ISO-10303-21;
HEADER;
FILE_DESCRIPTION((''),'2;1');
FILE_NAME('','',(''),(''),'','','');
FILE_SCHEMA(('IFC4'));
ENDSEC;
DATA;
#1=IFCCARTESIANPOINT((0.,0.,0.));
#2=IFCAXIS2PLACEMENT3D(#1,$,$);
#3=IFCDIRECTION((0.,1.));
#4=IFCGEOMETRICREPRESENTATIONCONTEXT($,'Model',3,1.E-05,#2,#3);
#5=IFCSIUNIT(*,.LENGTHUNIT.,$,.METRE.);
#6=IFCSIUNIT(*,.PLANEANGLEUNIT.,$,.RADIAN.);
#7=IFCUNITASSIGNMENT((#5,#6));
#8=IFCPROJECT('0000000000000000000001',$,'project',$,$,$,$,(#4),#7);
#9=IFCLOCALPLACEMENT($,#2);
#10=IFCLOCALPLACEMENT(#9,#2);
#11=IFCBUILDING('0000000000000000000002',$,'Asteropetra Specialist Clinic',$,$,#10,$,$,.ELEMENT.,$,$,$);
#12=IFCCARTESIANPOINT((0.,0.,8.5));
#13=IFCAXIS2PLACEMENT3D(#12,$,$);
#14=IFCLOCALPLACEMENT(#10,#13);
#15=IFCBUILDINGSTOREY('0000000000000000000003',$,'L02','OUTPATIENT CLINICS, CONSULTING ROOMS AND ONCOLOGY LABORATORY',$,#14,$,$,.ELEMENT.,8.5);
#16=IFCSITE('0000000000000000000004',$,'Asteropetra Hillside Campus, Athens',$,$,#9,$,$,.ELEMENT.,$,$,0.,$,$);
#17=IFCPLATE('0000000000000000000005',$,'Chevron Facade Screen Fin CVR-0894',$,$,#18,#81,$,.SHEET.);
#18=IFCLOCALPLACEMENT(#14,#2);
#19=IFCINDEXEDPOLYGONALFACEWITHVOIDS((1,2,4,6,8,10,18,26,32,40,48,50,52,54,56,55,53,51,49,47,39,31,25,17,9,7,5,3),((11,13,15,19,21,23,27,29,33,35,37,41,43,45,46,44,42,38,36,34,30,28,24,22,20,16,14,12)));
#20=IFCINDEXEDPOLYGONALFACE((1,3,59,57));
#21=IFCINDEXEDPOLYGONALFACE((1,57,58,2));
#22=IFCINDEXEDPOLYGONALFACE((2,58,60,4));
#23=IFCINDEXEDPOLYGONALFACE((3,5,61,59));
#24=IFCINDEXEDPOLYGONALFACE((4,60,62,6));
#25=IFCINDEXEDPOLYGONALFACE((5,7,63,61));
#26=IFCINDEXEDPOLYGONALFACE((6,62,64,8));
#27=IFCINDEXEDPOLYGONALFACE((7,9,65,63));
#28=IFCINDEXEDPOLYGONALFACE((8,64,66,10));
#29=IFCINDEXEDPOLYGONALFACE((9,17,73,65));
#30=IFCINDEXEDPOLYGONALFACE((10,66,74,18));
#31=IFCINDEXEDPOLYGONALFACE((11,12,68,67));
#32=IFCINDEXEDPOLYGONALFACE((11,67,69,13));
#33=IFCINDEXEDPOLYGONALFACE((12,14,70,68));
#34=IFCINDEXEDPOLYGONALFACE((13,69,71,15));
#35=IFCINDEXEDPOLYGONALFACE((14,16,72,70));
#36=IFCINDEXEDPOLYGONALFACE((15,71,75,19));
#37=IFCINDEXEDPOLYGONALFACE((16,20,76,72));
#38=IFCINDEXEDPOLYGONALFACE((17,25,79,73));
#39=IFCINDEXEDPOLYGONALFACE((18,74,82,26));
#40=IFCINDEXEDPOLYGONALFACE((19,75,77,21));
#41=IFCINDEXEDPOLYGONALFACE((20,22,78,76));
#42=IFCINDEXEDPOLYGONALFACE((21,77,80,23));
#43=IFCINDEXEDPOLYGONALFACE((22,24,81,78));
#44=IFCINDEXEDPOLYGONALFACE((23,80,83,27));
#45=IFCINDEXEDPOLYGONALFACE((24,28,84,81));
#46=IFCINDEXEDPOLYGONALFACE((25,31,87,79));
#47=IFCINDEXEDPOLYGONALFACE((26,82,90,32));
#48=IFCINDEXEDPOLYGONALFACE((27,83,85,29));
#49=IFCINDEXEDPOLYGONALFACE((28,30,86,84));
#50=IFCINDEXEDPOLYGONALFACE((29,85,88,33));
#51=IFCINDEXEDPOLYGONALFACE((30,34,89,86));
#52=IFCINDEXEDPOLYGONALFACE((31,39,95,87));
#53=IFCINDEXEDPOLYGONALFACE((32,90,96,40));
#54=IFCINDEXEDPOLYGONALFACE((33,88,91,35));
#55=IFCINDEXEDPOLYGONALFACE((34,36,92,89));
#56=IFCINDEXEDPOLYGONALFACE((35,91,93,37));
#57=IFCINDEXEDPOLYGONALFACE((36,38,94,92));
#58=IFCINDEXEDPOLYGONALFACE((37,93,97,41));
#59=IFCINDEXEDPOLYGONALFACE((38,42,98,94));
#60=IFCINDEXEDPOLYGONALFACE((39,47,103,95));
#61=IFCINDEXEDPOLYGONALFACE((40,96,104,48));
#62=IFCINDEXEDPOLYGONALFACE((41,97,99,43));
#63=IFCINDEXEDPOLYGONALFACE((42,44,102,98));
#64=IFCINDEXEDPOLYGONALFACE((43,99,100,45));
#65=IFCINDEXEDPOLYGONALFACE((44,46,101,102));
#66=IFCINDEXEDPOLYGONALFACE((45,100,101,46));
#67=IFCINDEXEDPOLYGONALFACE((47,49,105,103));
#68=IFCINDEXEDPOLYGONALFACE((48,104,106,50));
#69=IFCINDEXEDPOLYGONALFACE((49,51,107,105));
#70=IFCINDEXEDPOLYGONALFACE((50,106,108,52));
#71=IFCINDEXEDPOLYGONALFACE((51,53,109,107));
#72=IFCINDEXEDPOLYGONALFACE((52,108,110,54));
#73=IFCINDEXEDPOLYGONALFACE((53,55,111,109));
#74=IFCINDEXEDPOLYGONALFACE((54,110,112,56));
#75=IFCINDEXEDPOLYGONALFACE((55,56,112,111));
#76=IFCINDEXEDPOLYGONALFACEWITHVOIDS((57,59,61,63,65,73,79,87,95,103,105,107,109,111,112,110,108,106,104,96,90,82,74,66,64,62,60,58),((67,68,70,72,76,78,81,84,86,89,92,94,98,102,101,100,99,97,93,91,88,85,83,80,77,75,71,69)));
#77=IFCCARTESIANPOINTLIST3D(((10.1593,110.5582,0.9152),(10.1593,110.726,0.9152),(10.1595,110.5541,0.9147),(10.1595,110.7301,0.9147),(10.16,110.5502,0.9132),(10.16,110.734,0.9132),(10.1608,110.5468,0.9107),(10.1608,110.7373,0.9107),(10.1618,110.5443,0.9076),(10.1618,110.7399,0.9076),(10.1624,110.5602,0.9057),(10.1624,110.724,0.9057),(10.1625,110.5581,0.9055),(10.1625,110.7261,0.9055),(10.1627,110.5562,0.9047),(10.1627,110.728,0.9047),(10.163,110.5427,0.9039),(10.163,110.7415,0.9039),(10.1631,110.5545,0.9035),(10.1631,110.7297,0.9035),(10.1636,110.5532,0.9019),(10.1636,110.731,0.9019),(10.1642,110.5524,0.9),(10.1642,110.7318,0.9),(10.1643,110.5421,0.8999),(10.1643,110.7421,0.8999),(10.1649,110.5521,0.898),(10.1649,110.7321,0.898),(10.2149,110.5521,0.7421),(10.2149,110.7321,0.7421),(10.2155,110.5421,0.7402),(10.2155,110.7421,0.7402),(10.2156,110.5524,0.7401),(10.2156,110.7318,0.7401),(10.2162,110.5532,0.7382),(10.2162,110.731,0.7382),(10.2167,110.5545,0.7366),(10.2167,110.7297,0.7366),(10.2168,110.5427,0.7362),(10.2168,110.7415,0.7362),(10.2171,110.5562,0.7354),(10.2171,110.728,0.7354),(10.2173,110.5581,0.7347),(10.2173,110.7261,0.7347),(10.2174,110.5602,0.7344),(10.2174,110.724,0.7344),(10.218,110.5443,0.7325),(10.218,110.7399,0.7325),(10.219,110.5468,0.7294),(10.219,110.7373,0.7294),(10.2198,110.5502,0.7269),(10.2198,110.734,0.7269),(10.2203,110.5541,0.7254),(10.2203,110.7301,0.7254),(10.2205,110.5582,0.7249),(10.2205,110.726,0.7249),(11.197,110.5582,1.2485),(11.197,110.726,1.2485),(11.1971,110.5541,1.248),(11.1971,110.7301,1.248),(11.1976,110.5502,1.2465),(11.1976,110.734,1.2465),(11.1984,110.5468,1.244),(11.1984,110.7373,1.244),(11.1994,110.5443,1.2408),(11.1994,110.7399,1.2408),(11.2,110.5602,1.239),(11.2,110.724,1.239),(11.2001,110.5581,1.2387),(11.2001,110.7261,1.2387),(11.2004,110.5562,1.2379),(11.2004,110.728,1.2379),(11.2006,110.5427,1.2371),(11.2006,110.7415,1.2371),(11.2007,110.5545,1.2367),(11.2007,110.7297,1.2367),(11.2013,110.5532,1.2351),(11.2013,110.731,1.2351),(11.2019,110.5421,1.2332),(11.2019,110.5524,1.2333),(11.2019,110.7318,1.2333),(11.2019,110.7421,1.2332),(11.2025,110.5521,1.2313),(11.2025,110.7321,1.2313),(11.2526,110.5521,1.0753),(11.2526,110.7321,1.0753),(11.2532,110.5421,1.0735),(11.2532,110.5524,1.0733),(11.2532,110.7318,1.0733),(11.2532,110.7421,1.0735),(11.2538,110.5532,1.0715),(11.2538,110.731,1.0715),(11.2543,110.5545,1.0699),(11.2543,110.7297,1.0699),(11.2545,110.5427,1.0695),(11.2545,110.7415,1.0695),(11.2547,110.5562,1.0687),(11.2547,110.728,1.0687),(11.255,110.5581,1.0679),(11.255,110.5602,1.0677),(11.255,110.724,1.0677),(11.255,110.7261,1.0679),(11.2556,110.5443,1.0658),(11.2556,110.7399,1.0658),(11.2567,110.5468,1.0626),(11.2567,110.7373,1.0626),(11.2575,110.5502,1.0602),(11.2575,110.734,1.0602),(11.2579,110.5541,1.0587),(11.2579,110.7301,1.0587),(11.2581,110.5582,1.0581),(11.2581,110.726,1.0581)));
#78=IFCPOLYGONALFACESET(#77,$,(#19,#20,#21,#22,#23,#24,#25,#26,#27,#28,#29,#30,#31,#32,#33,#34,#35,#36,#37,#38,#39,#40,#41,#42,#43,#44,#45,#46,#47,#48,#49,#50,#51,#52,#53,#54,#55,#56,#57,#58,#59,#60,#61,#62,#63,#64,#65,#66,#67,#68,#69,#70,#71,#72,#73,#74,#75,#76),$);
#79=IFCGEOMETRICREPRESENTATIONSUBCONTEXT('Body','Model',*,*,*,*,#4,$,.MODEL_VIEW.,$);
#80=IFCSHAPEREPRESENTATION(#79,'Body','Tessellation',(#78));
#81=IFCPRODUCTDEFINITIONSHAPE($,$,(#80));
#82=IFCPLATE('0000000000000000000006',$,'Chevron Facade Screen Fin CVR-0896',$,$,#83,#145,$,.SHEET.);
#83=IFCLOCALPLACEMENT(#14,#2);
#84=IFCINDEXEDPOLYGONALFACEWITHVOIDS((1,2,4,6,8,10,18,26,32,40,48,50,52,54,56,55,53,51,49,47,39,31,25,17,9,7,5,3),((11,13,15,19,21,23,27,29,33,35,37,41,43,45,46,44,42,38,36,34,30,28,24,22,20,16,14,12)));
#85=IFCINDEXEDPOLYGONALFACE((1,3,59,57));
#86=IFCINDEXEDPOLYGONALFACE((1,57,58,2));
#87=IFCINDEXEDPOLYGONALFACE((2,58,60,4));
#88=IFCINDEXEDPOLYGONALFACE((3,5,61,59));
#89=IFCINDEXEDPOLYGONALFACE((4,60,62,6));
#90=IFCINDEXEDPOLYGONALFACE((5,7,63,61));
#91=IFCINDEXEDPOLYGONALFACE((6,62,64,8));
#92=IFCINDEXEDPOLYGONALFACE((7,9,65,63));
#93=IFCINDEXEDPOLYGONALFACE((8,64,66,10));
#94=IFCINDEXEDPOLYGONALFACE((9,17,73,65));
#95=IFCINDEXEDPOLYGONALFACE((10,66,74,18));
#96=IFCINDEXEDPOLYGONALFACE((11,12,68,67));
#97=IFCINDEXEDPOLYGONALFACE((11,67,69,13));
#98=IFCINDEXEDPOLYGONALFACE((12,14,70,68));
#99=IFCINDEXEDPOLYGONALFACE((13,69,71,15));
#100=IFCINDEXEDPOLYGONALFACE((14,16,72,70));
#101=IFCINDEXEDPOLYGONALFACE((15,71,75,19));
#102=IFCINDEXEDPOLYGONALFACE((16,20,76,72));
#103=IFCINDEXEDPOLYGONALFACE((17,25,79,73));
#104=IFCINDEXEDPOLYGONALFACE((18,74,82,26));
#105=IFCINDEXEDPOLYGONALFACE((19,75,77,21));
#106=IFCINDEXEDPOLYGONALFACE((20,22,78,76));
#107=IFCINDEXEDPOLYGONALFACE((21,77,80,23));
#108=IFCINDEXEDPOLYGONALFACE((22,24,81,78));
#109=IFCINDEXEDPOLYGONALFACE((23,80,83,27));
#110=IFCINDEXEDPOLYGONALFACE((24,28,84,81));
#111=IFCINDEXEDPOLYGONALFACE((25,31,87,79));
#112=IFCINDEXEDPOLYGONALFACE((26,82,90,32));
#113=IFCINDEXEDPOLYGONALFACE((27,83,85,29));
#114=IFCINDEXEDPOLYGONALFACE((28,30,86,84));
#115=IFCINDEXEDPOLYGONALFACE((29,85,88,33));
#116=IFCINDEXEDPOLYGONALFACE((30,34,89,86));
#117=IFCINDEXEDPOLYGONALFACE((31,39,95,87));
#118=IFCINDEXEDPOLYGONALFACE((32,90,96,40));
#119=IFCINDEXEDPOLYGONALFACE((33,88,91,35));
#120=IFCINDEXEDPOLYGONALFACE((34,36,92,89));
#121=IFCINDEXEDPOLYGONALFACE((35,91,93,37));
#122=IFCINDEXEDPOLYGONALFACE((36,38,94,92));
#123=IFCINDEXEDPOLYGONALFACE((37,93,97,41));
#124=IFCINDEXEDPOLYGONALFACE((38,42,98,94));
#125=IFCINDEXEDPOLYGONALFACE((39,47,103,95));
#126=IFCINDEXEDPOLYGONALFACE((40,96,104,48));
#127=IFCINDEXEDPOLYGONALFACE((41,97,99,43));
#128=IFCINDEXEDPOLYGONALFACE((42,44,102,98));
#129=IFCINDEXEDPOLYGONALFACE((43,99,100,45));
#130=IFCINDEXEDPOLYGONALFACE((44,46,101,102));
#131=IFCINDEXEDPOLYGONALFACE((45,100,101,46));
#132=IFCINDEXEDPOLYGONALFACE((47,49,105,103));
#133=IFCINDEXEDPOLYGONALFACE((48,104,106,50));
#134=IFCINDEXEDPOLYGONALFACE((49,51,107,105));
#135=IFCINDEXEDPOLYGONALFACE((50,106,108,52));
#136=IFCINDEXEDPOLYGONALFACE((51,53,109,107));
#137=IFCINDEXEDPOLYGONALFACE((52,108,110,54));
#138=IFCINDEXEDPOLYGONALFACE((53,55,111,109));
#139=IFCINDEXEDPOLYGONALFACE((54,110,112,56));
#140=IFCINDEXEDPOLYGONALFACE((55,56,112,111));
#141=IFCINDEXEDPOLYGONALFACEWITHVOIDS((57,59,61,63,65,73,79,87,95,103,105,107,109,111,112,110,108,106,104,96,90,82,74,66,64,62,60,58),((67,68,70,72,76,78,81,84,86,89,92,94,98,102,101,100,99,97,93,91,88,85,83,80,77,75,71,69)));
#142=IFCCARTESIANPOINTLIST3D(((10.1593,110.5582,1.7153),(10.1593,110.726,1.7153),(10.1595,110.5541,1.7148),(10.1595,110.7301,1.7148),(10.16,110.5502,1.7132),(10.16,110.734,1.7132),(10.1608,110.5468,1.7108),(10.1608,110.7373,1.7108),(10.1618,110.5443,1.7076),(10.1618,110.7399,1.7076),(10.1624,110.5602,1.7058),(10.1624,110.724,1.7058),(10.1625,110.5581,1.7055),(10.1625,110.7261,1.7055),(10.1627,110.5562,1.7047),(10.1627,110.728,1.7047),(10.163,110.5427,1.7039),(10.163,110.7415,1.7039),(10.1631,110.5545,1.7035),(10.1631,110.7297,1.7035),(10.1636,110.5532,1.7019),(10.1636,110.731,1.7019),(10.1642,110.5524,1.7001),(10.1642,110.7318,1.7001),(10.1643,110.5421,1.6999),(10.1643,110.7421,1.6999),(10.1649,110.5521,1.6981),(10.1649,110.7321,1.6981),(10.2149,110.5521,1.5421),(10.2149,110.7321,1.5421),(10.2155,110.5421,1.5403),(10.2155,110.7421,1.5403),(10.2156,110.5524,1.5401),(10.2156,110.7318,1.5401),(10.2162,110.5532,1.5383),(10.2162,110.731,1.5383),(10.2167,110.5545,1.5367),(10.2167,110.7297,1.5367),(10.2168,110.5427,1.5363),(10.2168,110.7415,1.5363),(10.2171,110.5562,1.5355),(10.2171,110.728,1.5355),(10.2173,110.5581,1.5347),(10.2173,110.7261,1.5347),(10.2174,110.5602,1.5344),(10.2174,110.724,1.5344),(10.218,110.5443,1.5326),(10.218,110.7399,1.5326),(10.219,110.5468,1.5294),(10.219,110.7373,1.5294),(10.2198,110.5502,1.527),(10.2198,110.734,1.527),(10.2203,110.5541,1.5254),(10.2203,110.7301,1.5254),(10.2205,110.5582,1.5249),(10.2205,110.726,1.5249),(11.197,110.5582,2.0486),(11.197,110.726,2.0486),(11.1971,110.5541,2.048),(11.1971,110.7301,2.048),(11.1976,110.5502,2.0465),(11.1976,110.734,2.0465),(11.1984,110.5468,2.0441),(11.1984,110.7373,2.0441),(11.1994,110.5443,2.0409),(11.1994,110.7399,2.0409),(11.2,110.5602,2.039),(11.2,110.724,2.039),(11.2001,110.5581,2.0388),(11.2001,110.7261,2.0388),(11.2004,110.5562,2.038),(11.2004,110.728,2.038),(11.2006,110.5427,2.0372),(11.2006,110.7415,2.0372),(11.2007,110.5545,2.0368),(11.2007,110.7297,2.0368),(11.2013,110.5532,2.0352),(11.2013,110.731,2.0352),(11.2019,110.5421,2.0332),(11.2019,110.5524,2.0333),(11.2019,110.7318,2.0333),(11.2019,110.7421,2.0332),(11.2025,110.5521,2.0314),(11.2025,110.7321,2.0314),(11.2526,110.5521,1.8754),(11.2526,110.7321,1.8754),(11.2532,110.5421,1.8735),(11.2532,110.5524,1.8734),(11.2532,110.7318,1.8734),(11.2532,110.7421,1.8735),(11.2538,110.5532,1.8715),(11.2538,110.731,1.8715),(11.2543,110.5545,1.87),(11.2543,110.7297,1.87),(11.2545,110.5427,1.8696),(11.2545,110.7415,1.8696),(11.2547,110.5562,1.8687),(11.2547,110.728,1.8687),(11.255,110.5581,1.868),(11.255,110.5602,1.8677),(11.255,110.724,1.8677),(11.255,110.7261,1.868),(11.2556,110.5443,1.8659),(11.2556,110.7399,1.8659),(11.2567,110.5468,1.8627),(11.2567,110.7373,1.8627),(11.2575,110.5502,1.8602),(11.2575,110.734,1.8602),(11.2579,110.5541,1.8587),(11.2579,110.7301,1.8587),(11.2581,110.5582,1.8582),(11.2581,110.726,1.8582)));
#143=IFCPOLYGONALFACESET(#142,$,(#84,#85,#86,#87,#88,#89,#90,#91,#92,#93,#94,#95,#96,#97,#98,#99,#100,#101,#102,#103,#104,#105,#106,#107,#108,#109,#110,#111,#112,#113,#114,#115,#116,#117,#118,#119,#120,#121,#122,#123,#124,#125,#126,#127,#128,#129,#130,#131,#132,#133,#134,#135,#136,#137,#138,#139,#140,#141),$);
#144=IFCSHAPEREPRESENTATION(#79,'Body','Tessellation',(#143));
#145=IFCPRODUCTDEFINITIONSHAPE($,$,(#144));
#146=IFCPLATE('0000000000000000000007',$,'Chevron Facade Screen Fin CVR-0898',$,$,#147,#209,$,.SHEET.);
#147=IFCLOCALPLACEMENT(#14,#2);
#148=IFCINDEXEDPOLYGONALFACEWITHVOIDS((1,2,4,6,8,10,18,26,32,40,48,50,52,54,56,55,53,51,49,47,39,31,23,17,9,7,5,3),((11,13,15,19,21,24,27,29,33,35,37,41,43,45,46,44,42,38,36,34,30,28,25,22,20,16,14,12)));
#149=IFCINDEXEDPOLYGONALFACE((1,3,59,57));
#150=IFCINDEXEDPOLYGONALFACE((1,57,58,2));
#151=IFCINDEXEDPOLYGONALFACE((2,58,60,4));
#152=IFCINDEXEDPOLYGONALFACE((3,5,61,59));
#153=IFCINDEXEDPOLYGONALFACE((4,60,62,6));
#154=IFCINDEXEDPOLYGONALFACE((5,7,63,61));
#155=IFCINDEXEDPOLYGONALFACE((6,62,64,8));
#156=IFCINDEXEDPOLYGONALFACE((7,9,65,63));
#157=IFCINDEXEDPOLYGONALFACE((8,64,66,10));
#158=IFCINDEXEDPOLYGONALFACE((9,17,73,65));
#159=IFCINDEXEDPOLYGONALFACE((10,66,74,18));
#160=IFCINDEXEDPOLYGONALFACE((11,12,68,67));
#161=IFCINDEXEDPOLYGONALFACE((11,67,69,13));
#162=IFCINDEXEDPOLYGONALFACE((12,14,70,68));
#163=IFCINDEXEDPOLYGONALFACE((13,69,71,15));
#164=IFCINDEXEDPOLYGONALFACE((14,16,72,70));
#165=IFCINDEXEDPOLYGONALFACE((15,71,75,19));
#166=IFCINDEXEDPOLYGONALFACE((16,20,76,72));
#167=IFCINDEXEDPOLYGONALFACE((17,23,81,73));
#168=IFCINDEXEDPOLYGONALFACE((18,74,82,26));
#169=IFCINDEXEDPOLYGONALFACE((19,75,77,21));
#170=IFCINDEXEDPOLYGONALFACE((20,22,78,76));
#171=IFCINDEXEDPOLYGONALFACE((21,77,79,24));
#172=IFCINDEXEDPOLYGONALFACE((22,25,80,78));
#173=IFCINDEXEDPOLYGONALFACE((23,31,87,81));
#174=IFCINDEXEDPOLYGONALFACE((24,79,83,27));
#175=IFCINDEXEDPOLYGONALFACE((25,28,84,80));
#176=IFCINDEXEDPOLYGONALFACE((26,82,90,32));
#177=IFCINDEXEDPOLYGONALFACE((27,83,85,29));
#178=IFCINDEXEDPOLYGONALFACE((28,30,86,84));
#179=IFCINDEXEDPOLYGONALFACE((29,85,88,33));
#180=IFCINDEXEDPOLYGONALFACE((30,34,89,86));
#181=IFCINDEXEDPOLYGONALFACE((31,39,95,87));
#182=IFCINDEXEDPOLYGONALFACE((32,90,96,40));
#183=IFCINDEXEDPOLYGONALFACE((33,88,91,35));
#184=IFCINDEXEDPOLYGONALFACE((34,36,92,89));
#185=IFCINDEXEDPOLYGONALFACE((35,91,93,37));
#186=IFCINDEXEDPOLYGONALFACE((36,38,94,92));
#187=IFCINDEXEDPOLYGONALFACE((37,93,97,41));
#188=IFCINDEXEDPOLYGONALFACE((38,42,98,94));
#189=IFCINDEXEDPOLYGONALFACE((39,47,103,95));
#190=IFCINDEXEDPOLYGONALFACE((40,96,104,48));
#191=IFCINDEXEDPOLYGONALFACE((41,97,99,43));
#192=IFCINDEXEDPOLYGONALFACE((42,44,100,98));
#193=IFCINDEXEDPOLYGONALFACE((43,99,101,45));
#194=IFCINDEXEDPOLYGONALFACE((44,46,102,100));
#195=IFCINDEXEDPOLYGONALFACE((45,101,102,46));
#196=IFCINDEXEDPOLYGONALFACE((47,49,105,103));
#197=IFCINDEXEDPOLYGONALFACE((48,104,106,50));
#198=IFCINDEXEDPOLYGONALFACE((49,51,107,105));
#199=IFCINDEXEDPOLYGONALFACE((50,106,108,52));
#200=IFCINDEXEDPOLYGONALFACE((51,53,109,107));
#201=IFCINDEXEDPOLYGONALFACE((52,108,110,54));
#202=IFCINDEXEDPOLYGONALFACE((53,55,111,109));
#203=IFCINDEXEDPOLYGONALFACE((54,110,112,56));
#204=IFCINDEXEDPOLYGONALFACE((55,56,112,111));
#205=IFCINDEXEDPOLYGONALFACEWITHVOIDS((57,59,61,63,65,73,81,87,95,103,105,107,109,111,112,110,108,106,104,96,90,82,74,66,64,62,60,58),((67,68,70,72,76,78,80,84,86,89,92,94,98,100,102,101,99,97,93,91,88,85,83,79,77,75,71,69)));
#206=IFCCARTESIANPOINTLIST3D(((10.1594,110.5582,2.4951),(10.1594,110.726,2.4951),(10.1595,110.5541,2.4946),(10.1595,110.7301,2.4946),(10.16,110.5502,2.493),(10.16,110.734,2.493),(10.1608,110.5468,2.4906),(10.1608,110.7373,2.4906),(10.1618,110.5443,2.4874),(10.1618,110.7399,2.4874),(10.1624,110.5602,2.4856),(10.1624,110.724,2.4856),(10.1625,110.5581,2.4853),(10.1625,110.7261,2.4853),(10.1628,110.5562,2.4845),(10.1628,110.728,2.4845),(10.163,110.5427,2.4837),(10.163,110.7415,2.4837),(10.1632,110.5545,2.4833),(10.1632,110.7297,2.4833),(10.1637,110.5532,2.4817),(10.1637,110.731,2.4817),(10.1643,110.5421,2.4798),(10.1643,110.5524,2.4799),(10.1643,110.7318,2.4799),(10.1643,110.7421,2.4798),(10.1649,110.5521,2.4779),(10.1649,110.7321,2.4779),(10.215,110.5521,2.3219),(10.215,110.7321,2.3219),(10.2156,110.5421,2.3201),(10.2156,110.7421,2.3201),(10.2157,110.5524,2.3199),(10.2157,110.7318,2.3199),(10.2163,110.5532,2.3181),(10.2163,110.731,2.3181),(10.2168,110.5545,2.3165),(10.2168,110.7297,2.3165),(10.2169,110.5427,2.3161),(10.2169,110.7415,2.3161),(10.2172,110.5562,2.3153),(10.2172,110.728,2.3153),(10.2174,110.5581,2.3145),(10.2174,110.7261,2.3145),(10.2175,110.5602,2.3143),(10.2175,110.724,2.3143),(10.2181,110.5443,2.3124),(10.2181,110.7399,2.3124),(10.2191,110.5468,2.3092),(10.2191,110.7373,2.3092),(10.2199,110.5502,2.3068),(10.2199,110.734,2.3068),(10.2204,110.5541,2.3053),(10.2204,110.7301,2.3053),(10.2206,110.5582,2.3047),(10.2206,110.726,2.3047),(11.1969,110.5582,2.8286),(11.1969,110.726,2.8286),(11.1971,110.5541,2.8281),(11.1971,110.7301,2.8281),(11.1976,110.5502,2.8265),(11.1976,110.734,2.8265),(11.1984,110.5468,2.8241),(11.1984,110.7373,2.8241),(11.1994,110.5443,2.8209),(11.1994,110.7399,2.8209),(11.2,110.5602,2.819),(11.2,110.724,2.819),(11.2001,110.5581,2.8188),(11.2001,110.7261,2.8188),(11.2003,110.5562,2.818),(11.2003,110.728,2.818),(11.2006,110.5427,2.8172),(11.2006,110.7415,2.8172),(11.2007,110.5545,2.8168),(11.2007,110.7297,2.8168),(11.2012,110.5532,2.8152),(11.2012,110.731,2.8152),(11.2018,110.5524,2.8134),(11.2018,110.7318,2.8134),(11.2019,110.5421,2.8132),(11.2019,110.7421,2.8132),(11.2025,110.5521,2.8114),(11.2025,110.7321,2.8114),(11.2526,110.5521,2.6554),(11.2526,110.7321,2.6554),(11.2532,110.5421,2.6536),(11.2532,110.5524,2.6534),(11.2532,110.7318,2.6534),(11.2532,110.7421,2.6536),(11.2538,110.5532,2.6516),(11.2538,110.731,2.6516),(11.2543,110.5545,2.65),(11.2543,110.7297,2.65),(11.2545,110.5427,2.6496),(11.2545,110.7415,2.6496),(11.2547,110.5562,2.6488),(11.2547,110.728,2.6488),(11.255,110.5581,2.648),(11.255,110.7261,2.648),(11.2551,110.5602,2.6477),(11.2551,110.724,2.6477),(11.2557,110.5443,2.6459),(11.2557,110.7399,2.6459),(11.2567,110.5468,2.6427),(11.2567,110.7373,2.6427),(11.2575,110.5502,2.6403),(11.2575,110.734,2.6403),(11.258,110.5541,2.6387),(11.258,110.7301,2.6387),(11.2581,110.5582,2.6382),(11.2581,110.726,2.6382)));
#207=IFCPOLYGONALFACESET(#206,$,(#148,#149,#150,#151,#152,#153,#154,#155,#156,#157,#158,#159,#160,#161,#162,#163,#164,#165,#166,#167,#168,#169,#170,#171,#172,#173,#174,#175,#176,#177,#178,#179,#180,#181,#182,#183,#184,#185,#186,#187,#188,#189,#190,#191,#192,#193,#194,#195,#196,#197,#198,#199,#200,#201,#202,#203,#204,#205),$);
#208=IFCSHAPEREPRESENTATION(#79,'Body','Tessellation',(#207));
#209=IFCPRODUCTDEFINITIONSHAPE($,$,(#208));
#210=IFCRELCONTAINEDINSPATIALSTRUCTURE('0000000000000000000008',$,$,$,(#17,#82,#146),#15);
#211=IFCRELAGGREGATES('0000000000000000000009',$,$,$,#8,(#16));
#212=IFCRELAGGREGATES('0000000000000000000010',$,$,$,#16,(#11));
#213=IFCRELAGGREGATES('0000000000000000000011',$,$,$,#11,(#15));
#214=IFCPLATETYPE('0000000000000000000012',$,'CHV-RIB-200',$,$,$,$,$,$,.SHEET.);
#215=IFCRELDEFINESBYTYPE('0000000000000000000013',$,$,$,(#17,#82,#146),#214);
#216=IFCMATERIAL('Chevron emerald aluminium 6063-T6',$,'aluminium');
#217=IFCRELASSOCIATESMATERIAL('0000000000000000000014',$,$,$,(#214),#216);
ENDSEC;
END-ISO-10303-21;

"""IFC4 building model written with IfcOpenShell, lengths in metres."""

from ifc_helpers import new_model, si_unit, direction, frame, origin, origin_2d, place, context, subcontext, project, spatial, hollow_rectangle, extrude, material, material_profile, profile_set, type_object, element, save


model = new_model("IFC4")

# Units and contexts
model_context = context("Model", 3, precision=1e-05, world=origin(), true_north=direction((0.0, 1.0)))
body_context = subcontext(model_context, "Body", "Model", "MODEL_VIEW")
ifc_project = project(units=[si_unit("LENGTHUNIT", "METRE"), si_unit("PLANEANGLEUNIT", "RADIAN")], contexts=[model_context])

# Site, building, storey
site_placement = place(None, origin())
site = spatial("IfcSite", under=ifc_project, at=site_placement, Name="Asteropetra Hillside Campus, Athens", CompositionType="ELEMENT", RefElevation=0.0)
building_placement = place(site_placement, origin())
building = spatial("IfcBuilding", under=site, at=building_placement, Name="Asteropetra Specialist Clinic", CompositionType="ELEMENT")
storey_placement = place(building_placement, frame((0.0, 0.0, 8.5)))
storey = spatial("IfcBuildingStorey", under=building, at=storey_placement, Name="L02", Description="OUTPATIENT CLINICS, CONSULTING ROOMS AND ONCOLOGY LABORATORY", CompositionType="ELEMENT", Elevation=8.5)

# Plates
ifc_material_1 = material(Name="Chevron emerald aluminium 6063-T6", Category="aluminium")
ifc_material_profile_1 = material_profile(ifc_material_1, hollow_rectangle(XDim=0.2, YDim=0.2, WallThickness=0.01, InnerFilletRadius=0.0081, OuterFilletRadius=0.0161, at=origin_2d()), Name="SHS 200x200x10.0")
ifc_profile_set_1 = profile_set([ifc_material_profile_1], Name="Chevron emerald aluminium 6063-T6")
plate_type_1 = type_object("IfcPlateType", Name="CHV-RIB-200", PredefinedType="SHEET", material=ifc_profile_set_1)
for number, where, z_axis, x_axis, name in (
    (1, (11.2275, 110.6421, 1.1533), (-0.952098, 0.0, -0.305792), (0.0, -1.0, 0.0), "Chevron Facade Screen Fin CVR-0894"),
    (2, (11.2275, 110.6421, 1.9534), (-0.952098, 0.0, -0.305792), (0.0, -1.0, 0.0), "Chevron Facade Screen Fin CVR-0896"),
    (3, (11.2275, 110.6421, 2.7334), (-0.952033, 0.0, -0.305995), (0.0, -1.0, 0.0), "Chevron Facade Screen Fin CVR-0898"),
):
    element("IfcPlate", number, at=place(storey_placement, frame(where, z_axis=z_axis, x_axis=x_axis)), inside=storey, type_object=plate_type_1, Name=name, PredefinedType="SHEET", context=body_context, shape_type="SweptSolid", body=[
        extrude(hollow_rectangle(XDim=0.2, YDim=0.2, WallThickness=0.01, InnerFilletRadius=0.0081, OuterFilletRadius=0.0161, at=origin_2d()), origin(), (0.0, 0.0, 1.0), 1.0898),
    ])

save(model, "model.ifc")
